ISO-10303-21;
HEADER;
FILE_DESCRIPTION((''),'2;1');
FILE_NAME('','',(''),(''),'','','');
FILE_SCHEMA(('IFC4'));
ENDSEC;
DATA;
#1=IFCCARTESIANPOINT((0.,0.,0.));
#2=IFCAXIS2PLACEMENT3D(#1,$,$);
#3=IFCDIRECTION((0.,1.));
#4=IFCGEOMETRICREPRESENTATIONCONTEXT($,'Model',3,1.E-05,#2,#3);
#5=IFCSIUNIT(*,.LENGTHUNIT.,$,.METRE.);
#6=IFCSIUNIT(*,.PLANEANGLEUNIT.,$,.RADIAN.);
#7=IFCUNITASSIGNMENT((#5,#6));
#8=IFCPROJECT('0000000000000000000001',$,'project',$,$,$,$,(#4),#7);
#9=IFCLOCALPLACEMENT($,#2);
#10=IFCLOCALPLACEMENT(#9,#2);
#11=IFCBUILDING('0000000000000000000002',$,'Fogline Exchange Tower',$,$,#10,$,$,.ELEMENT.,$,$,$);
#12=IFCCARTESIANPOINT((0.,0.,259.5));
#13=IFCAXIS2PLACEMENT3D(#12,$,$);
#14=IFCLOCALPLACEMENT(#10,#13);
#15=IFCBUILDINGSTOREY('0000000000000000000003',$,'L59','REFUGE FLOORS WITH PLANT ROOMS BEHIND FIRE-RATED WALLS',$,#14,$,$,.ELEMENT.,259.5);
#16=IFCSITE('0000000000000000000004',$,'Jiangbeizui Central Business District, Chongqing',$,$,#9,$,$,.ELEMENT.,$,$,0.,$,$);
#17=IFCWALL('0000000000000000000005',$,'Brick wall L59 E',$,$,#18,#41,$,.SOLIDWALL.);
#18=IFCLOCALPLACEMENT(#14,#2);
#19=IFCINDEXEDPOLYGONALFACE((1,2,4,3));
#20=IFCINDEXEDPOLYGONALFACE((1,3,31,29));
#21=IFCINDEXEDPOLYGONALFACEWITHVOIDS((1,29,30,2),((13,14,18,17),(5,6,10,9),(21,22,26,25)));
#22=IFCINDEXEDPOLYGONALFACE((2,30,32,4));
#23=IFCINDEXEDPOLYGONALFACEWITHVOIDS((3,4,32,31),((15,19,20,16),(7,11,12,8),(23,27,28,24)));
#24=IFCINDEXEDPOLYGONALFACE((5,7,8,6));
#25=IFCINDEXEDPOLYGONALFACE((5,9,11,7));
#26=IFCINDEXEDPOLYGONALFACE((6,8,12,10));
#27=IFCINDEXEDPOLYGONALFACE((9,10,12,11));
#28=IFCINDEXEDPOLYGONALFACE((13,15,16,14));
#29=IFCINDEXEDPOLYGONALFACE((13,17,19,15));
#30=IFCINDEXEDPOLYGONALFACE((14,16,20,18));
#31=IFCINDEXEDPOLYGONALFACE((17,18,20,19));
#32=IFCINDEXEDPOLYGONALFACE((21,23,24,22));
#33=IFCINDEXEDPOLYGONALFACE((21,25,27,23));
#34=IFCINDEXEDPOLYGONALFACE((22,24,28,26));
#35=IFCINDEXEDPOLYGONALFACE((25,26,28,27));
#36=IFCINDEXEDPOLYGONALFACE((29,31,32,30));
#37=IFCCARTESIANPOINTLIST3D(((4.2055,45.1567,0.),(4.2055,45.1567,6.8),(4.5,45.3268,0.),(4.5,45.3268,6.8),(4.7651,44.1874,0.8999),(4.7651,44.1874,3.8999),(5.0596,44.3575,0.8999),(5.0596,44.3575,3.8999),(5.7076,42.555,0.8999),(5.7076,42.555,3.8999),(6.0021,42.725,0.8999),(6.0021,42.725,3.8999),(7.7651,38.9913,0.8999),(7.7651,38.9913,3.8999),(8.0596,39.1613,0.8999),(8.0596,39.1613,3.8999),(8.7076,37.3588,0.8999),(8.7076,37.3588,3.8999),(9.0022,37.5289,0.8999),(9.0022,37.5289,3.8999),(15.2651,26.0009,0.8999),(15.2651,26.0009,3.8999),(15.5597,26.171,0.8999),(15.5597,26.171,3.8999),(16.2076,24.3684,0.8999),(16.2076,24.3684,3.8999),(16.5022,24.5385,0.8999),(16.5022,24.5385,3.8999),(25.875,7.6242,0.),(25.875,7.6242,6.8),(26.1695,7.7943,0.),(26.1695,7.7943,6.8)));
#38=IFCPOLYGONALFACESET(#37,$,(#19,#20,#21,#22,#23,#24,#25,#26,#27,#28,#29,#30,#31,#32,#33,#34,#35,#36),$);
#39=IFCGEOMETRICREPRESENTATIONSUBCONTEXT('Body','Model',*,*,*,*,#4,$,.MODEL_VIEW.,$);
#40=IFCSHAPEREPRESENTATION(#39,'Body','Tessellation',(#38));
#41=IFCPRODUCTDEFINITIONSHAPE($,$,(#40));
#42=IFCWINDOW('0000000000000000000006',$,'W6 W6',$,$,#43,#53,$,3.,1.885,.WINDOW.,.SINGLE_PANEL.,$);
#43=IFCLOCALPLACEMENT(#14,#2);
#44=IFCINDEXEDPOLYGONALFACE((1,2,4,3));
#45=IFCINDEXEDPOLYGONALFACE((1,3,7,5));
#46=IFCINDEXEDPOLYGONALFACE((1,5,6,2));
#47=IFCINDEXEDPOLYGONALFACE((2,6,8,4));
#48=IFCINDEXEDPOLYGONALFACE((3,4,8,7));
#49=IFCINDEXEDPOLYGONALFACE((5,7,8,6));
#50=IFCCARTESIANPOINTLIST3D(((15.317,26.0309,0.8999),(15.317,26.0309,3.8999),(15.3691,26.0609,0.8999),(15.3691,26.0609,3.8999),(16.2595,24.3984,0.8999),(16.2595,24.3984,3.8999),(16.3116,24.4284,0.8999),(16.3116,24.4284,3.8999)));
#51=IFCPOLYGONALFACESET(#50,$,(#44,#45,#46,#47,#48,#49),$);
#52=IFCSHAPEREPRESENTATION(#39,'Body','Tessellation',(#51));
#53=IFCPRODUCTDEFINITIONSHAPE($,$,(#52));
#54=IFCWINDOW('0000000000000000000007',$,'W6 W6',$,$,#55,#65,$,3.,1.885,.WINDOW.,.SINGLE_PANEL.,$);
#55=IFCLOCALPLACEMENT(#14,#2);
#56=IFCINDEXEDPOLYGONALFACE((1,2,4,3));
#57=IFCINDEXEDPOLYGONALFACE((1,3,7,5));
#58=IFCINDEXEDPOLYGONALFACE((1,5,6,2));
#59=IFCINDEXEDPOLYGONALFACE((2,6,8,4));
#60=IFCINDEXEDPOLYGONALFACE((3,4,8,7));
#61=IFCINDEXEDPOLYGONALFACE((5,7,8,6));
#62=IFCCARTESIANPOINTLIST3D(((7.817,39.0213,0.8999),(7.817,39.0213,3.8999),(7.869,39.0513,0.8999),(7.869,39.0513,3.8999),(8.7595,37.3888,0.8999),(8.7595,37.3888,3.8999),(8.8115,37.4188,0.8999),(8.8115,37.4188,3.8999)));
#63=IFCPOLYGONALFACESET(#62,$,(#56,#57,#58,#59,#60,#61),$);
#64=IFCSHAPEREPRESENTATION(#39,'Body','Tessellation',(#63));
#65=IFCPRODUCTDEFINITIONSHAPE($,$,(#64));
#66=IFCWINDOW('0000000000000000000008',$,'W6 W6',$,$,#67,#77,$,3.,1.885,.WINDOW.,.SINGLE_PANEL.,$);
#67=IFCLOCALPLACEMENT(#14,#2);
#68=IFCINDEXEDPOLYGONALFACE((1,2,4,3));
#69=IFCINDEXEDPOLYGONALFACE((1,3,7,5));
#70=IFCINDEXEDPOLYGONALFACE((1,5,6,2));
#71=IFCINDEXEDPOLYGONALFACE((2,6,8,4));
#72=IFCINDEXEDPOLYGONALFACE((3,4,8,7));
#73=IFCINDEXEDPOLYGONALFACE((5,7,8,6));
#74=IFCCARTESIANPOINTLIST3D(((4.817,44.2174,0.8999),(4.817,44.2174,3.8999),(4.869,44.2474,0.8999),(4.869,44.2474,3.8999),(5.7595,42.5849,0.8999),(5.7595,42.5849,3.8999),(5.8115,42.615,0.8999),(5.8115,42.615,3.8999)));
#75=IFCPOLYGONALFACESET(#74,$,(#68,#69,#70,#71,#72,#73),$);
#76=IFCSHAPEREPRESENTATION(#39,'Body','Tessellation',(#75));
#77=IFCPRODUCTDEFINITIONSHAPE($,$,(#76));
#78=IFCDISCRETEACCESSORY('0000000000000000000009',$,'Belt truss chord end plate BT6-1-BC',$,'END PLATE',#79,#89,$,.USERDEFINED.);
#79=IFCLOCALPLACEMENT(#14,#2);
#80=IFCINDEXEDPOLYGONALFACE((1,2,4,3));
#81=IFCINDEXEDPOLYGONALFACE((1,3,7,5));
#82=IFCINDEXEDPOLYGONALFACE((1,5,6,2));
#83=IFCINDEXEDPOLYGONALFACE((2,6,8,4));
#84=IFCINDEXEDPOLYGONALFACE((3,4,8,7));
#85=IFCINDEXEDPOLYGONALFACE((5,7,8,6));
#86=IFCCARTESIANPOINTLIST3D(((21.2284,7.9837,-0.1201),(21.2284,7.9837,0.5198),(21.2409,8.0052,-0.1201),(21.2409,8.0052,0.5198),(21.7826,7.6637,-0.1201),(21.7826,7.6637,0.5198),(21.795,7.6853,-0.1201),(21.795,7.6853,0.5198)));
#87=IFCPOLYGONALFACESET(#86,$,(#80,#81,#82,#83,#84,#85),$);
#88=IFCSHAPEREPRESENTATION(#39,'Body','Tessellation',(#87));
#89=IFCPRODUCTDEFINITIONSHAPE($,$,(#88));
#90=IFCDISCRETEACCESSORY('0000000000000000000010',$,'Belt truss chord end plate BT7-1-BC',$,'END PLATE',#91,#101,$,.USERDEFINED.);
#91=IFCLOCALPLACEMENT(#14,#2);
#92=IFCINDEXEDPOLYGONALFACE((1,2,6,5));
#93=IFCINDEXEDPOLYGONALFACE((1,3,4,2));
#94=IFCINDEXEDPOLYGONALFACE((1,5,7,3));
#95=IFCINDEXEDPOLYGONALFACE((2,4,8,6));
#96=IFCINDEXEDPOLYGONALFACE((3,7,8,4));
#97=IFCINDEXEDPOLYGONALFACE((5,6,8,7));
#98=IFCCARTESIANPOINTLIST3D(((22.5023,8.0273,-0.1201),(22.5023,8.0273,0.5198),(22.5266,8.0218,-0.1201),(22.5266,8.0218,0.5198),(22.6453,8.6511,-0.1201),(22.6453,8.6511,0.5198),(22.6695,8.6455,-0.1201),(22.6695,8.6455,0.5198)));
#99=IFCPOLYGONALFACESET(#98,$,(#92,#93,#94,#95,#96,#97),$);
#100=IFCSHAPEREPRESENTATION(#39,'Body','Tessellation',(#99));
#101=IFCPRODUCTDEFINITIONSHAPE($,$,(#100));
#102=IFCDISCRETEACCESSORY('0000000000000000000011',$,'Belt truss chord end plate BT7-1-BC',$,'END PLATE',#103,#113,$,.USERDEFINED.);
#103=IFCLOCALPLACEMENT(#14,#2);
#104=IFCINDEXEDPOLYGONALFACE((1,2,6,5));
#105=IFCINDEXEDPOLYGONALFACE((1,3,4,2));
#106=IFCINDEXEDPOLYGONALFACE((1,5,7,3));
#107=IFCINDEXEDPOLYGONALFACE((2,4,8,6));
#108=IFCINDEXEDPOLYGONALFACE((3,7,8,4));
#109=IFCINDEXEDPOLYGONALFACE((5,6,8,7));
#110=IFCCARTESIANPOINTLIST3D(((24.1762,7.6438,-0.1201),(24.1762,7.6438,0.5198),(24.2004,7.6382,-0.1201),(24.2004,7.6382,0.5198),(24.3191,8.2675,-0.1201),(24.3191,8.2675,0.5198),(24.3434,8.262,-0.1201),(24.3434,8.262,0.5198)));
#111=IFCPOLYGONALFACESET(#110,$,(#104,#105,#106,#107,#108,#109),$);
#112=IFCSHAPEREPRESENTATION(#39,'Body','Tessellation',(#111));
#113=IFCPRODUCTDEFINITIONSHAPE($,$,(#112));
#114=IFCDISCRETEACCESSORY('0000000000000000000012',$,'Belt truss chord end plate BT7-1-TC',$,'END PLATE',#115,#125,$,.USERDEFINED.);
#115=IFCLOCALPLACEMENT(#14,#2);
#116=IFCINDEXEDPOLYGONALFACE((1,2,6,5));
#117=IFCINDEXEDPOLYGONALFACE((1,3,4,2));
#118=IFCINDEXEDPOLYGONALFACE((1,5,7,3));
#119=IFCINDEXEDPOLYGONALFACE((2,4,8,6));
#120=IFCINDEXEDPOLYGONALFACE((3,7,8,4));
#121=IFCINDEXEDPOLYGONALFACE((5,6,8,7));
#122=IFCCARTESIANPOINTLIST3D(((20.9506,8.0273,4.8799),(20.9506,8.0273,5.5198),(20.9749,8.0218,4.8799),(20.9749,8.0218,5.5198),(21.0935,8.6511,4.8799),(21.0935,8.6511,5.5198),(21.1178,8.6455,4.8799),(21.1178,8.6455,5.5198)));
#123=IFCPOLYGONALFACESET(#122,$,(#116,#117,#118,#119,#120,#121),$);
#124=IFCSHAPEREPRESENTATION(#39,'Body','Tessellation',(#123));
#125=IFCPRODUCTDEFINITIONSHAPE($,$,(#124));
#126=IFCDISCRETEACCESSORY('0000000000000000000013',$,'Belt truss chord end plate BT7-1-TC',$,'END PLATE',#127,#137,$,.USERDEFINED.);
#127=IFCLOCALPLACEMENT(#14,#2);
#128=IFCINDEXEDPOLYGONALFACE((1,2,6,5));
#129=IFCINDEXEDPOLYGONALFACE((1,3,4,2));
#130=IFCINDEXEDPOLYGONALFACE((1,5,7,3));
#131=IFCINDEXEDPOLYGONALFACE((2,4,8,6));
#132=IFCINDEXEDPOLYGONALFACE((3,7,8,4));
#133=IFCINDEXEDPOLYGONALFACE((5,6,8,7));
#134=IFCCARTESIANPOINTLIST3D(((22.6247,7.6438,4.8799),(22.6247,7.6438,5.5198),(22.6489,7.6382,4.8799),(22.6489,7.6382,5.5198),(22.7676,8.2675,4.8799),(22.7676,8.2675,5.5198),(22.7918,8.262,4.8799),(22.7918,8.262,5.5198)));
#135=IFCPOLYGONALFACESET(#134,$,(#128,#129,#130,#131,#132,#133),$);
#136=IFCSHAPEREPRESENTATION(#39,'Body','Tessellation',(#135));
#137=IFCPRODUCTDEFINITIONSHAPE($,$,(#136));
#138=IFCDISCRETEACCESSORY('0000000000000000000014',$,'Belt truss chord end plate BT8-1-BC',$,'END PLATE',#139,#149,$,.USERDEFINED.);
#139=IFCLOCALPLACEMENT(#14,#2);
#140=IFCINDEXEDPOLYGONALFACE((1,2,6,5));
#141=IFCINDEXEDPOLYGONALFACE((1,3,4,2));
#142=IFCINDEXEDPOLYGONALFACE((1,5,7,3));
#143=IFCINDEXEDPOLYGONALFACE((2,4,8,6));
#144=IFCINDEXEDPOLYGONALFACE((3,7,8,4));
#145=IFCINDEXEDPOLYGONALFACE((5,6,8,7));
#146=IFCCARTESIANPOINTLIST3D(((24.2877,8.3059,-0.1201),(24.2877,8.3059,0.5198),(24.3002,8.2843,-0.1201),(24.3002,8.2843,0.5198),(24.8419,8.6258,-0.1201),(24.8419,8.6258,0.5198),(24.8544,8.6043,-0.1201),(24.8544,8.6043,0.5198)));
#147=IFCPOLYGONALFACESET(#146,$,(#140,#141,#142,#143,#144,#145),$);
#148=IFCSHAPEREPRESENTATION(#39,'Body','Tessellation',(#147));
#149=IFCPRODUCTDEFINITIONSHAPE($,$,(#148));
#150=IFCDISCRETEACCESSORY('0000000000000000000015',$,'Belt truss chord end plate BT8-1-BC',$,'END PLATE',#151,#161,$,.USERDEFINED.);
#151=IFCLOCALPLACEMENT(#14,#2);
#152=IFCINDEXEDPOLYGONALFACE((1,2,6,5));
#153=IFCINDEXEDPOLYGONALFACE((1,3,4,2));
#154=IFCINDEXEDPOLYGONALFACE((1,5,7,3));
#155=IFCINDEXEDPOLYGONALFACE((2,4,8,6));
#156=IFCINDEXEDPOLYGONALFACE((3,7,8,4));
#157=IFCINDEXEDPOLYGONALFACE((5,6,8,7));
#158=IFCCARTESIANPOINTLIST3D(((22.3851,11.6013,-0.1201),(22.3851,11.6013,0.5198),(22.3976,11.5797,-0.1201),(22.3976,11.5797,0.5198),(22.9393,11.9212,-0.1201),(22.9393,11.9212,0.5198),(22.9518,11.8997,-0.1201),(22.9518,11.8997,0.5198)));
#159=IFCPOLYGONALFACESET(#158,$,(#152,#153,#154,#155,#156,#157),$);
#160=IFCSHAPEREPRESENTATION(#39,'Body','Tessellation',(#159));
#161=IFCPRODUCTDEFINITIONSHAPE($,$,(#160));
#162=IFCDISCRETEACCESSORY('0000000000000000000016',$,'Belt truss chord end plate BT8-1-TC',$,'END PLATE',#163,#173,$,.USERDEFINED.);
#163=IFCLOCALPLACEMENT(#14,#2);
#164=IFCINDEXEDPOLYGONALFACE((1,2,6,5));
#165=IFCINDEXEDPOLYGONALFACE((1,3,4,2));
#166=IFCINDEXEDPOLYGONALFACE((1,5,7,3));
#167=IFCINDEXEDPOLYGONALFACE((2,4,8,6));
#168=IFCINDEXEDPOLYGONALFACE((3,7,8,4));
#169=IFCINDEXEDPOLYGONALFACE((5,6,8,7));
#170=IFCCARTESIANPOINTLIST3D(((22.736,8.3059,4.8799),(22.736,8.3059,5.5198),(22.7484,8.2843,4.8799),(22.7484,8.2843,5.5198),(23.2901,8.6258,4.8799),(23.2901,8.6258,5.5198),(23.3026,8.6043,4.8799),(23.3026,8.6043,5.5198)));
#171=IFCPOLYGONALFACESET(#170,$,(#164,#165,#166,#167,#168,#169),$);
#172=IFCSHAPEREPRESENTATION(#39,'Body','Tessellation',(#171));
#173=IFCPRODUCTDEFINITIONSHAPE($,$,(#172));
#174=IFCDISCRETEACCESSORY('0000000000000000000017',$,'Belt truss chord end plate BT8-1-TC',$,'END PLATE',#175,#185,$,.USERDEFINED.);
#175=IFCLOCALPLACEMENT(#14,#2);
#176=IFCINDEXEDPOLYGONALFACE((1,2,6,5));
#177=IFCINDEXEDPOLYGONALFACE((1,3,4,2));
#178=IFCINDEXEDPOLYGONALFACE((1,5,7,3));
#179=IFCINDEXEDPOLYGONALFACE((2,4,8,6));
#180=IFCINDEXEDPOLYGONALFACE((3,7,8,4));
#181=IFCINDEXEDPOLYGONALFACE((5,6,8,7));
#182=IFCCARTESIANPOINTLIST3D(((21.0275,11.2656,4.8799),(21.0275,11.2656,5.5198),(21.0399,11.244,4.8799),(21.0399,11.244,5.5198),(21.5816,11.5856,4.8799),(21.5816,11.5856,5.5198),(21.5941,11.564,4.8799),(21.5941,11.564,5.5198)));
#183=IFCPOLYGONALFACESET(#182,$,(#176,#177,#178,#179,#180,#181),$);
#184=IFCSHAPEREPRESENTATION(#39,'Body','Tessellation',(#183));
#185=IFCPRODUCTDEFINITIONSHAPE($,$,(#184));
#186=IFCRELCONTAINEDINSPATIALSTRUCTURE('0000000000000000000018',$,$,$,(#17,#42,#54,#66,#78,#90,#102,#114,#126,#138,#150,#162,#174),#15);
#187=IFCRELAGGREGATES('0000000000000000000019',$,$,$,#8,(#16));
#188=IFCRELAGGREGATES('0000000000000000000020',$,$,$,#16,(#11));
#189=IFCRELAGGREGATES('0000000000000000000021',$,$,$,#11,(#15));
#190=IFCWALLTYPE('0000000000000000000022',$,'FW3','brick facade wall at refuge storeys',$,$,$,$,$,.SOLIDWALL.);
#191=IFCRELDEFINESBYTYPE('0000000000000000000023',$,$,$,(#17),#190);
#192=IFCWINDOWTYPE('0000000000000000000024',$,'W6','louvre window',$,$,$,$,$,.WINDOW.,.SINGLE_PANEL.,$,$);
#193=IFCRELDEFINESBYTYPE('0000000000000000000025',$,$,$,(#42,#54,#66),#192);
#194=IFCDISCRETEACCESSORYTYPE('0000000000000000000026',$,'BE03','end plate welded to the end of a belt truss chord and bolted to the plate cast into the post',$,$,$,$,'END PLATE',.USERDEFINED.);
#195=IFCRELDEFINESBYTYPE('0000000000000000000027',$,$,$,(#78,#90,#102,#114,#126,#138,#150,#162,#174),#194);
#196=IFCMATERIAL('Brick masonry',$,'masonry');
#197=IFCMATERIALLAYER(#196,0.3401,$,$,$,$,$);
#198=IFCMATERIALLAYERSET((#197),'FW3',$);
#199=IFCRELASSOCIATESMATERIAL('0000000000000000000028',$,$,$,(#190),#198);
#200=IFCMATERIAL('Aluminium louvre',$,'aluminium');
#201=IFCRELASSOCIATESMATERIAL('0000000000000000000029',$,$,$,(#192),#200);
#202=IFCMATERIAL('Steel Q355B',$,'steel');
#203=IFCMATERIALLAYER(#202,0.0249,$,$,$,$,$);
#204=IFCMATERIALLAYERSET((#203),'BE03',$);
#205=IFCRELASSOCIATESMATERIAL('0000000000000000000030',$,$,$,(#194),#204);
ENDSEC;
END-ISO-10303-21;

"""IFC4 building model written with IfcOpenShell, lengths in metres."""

from ifc_helpers import new_model, si_unit, direction, frame, frame_2d, origin, origin_2d, place, context, subcontext, project, spatial, rectangle, extrude, material, layer, layer_set, type_object, element, fill, save


model = new_model("IFC4")

# Units and contexts
model_context = context("Model", 3, precision=1e-05, world=origin(), true_north=direction((0.0, 1.0)))
body_context = subcontext(model_context, "Body", "Model", "MODEL_VIEW")
ifc_project = project(units=[si_unit("LENGTHUNIT", "METRE"), si_unit("PLANEANGLEUNIT", "RADIAN")], contexts=[model_context])

# Site, building, storey
site_placement = place(None, origin())
site = spatial("IfcSite", under=ifc_project, at=site_placement, Name="Jiangbeizui Central Business District, Chongqing", CompositionType="ELEMENT", RefElevation=0.0)
building_placement = place(site_placement, origin())
building = spatial("IfcBuilding", under=site, at=building_placement, Name="Fogline Exchange Tower", CompositionType="ELEMENT")
storey_placement = place(building_placement, frame((0.0, 0.0, 259.5)))
storey = spatial("IfcBuildingStorey", under=building, at=storey_placement, Name="L59", Description="REFUGE FLOORS WITH PLANT ROOMS BEHIND FIRE-RATED WALLS", CompositionType="ELEMENT", Elevation=259.5)

# Shared definitions
ifc_material_1 = material(Name="Steel Q355B", Category="steel")

# Wall, openings, windows
ifc_material_2 = material(Name="Brick masonry", Category="masonry")
ifc_layer_1 = layer(ifc_material_2, 0.3401)
ifc_layer_set_1 = layer_set([ifc_layer_1], Name="FW3")
wall_type = type_object("IfcWallType", Name="FW3", Description="brick facade wall at refuge storeys", PredefinedType="SOLIDWALL", material=ifc_layer_set_1)
wall_placement = place(storey_placement, frame((26.0222, 7.7092, 0.0), z_axis=(0.0, 0.0, 1.0), x_axis=(-0.500001, 0.866025, 0.0)))
wall = element("IfcWall", 1, at=wall_placement, inside=storey, type_object=wall_type, Name="Brick wall L59 E", PredefinedType="SOLIDWALL", context=body_context, shape_type="SweptSolid", body=[
    extrude(rectangle(XDim=43.3389, YDim=0.3401, at=frame_2d((21.6694, 0.0))), origin(), (0.0, 0.0, 1.0), 6.8),
])
opening_1_placement = place(wall_placement, frame((19.3347, 0.0, 0.8999)))
opening_1 = element("IfcOpeningElement", 2, at=opening_1_placement, cuts=wall, PredefinedType="OPENING", context=body_context, shape_type="SweptSolid", body=[
    extrude(rectangle(XDim=1.885, YDim=3.0, at=frame_2d((0.9424, 1.5))), frame((0.0, 0.1802, 0.0), z_axis=(0.0, -1.0, 0.0), x_axis=(1.0, 0.0, 0.0)), (0.0, 0.0, 1.0), 0.3601),
])
opening_2_placement = place(wall_placement, frame((34.3347, 0.0, 0.8999)))
opening_2 = element("IfcOpeningElement", 3, at=opening_2_placement, cuts=wall, PredefinedType="OPENING", context=body_context, shape_type="SweptSolid", body=[
    extrude(rectangle(XDim=1.885, YDim=3.0, at=frame_2d((0.9424, 1.5))), frame((0.0, 0.1802, 0.0), z_axis=(0.0, -1.0, 0.0), x_axis=(1.0, 0.0, 0.0)), (0.0, 0.0, 1.0), 0.3601),
])
opening_3_placement = place(wall_placement, frame((40.3347, 0.0, 0.8999)))
opening_3 = element("IfcOpeningElement", 4, at=opening_3_placement, cuts=wall, PredefinedType="OPENING", context=body_context, shape_type="SweptSolid", body=[
    extrude(rectangle(XDim=1.885, YDim=3.0, at=frame_2d((0.9424, 1.5))), frame((0.0, 0.1802, 0.0), z_axis=(0.0, -1.0, 0.0), x_axis=(1.0, 0.0, 0.0)), (0.0, 0.0, 1.0), 0.3601),
])
ifc_material_3 = material(Name="Aluminium louvre", Category="aluminium")
window_type = type_object("IfcWindowType", Name="W6", Description="louvre window", PartitioningType="SINGLE_PANEL", PredefinedType="WINDOW", material=ifc_material_3)
window_1_placement = place(opening_1_placement, origin())
window_1 = element("IfcWindow", 5, at=window_1_placement, inside=storey, type_object=window_type, Name="W6 W6", OverallHeight=3.0, OverallWidth=1.885, PartitioningType="SINGLE_PANEL", PredefinedType="WINDOW", context=body_context, shape_type="SweptSolid", body=[
    extrude(rectangle(XDim=1.885, YDim=3.0, at=frame_2d((0.9424, 1.5))), frame((0.0, 0.1101, 0.0), z_axis=(0.0, -1.0, 0.0), x_axis=(1.0, 0.0, 0.0)), (0.0, 0.0, 1.0), 0.0601),
])
fill(opening_1, window_1)
window_2_placement = place(opening_2_placement, origin())
window_2 = element("IfcWindow", 6, at=window_2_placement, inside=storey, type_object=window_type, Name="W6 W6", OverallHeight=3.0, OverallWidth=1.885, PartitioningType="SINGLE_PANEL", PredefinedType="WINDOW", context=body_context, shape_type="SweptSolid", body=[
    extrude(rectangle(XDim=1.885, YDim=3.0, at=frame_2d((0.9424, 1.5))), frame((0.0, 0.1101, 0.0), z_axis=(0.0, -1.0, 0.0), x_axis=(1.0, 0.0, 0.0)), (0.0, 0.0, 1.0), 0.0601),
])
fill(opening_2, window_2)
window_3_placement = place(opening_3_placement, origin())
window_3 = element("IfcWindow", 7, at=window_3_placement, inside=storey, type_object=window_type, Name="W6 W6", OverallHeight=3.0, OverallWidth=1.885, PartitioningType="SINGLE_PANEL", PredefinedType="WINDOW", context=body_context, shape_type="SweptSolid", body=[
    extrude(rectangle(XDim=1.885, YDim=3.0, at=frame_2d((0.9424, 1.5))), frame((0.0, 0.1101, 0.0), z_axis=(0.0, -1.0, 0.0), x_axis=(1.0, 0.0, 0.0)), (0.0, 0.0, 1.0), 0.0601),
])
fill(opening_3, window_3)

# Discrete accessories
ifc_layer_2 = layer(ifc_material_1, 0.0249)
ifc_layer_set_2 = layer_set([ifc_layer_2], Name="BE03")
discrete_accessory_type = type_object("IfcDiscreteAccessoryType", Name="BE03", Description="end plate welded to the end of a belt truss chord and bolted to the plate cast into the post", ElementType="END PLATE", PredefinedType="USERDEFINED", material=ifc_layer_set_2)
for number, where, z_axis, x_axis, name in (
    (8, (21.5117, 7.8345, -0.1201), (0.0, 0.0, 1.0), (0.5, 0.866025, 0.0), "Belt truss chord end plate BT6-1-BC"),
    (9, (22.5859, 8.3364, -0.1201), (0.0, 0.0, 1.0), (-0.974743, 0.22333, 0.0), "Belt truss chord end plate BT7-1-BC"),
    (10, (24.2598, 7.9529, -0.1201), (0.0, 0.0, 1.0), (0.974743, -0.22333, 0.0), "Belt truss chord end plate BT7-1-BC"),
    (11, (21.0342, 8.3364, 4.8799), (0.0, 0.0, 1.0), (-0.974743, 0.22333, 0.0), "Belt truss chord end plate BT7-1-TC"),
    (12, (22.7083, 7.9529, 4.8799), (0.0, 0.0, 1.0), (0.974743, -0.22333, 0.0), "Belt truss chord end plate BT7-1-TC"),
    (13, (24.571, 8.4551, -0.1201), (0.0, 0.0, 1.0), (0.5, -0.866025, 0.0), "Belt truss chord end plate BT8-1-BC"),
    (14, (22.6685, 11.7505, -0.1201), (0.0, 0.0, 1.0), (-0.5, 0.866025, 0.0), "Belt truss chord end plate BT8-1-BC"),
    (15, (23.0193, 8.4551, 4.8799), (0.0, 0.0, 1.0), (0.5, -0.866025, 0.0), "Belt truss chord end plate BT8-1-TC"),
    (16, (21.3108, 11.4148, 4.8799), (0.0, 0.0, 1.0), (-0.5, 0.866025, 0.0), "Belt truss chord end plate BT8-1-TC"),
):
    element("IfcDiscreteAccessory", number, at=place(storey_placement, frame(where, z_axis=z_axis, x_axis=x_axis)), inside=storey, type_object=discrete_accessory_type, Name=name, ObjectType="END PLATE", PredefinedType="USERDEFINED", context=body_context, shape_type="SweptSolid", body=[
        extrude(rectangle(XDim=0.0249, YDim=0.6399, at=origin_2d()), origin(), (0.0, 0.0, 1.0), 0.6399),
    ])

save(model, "model.ifc")
